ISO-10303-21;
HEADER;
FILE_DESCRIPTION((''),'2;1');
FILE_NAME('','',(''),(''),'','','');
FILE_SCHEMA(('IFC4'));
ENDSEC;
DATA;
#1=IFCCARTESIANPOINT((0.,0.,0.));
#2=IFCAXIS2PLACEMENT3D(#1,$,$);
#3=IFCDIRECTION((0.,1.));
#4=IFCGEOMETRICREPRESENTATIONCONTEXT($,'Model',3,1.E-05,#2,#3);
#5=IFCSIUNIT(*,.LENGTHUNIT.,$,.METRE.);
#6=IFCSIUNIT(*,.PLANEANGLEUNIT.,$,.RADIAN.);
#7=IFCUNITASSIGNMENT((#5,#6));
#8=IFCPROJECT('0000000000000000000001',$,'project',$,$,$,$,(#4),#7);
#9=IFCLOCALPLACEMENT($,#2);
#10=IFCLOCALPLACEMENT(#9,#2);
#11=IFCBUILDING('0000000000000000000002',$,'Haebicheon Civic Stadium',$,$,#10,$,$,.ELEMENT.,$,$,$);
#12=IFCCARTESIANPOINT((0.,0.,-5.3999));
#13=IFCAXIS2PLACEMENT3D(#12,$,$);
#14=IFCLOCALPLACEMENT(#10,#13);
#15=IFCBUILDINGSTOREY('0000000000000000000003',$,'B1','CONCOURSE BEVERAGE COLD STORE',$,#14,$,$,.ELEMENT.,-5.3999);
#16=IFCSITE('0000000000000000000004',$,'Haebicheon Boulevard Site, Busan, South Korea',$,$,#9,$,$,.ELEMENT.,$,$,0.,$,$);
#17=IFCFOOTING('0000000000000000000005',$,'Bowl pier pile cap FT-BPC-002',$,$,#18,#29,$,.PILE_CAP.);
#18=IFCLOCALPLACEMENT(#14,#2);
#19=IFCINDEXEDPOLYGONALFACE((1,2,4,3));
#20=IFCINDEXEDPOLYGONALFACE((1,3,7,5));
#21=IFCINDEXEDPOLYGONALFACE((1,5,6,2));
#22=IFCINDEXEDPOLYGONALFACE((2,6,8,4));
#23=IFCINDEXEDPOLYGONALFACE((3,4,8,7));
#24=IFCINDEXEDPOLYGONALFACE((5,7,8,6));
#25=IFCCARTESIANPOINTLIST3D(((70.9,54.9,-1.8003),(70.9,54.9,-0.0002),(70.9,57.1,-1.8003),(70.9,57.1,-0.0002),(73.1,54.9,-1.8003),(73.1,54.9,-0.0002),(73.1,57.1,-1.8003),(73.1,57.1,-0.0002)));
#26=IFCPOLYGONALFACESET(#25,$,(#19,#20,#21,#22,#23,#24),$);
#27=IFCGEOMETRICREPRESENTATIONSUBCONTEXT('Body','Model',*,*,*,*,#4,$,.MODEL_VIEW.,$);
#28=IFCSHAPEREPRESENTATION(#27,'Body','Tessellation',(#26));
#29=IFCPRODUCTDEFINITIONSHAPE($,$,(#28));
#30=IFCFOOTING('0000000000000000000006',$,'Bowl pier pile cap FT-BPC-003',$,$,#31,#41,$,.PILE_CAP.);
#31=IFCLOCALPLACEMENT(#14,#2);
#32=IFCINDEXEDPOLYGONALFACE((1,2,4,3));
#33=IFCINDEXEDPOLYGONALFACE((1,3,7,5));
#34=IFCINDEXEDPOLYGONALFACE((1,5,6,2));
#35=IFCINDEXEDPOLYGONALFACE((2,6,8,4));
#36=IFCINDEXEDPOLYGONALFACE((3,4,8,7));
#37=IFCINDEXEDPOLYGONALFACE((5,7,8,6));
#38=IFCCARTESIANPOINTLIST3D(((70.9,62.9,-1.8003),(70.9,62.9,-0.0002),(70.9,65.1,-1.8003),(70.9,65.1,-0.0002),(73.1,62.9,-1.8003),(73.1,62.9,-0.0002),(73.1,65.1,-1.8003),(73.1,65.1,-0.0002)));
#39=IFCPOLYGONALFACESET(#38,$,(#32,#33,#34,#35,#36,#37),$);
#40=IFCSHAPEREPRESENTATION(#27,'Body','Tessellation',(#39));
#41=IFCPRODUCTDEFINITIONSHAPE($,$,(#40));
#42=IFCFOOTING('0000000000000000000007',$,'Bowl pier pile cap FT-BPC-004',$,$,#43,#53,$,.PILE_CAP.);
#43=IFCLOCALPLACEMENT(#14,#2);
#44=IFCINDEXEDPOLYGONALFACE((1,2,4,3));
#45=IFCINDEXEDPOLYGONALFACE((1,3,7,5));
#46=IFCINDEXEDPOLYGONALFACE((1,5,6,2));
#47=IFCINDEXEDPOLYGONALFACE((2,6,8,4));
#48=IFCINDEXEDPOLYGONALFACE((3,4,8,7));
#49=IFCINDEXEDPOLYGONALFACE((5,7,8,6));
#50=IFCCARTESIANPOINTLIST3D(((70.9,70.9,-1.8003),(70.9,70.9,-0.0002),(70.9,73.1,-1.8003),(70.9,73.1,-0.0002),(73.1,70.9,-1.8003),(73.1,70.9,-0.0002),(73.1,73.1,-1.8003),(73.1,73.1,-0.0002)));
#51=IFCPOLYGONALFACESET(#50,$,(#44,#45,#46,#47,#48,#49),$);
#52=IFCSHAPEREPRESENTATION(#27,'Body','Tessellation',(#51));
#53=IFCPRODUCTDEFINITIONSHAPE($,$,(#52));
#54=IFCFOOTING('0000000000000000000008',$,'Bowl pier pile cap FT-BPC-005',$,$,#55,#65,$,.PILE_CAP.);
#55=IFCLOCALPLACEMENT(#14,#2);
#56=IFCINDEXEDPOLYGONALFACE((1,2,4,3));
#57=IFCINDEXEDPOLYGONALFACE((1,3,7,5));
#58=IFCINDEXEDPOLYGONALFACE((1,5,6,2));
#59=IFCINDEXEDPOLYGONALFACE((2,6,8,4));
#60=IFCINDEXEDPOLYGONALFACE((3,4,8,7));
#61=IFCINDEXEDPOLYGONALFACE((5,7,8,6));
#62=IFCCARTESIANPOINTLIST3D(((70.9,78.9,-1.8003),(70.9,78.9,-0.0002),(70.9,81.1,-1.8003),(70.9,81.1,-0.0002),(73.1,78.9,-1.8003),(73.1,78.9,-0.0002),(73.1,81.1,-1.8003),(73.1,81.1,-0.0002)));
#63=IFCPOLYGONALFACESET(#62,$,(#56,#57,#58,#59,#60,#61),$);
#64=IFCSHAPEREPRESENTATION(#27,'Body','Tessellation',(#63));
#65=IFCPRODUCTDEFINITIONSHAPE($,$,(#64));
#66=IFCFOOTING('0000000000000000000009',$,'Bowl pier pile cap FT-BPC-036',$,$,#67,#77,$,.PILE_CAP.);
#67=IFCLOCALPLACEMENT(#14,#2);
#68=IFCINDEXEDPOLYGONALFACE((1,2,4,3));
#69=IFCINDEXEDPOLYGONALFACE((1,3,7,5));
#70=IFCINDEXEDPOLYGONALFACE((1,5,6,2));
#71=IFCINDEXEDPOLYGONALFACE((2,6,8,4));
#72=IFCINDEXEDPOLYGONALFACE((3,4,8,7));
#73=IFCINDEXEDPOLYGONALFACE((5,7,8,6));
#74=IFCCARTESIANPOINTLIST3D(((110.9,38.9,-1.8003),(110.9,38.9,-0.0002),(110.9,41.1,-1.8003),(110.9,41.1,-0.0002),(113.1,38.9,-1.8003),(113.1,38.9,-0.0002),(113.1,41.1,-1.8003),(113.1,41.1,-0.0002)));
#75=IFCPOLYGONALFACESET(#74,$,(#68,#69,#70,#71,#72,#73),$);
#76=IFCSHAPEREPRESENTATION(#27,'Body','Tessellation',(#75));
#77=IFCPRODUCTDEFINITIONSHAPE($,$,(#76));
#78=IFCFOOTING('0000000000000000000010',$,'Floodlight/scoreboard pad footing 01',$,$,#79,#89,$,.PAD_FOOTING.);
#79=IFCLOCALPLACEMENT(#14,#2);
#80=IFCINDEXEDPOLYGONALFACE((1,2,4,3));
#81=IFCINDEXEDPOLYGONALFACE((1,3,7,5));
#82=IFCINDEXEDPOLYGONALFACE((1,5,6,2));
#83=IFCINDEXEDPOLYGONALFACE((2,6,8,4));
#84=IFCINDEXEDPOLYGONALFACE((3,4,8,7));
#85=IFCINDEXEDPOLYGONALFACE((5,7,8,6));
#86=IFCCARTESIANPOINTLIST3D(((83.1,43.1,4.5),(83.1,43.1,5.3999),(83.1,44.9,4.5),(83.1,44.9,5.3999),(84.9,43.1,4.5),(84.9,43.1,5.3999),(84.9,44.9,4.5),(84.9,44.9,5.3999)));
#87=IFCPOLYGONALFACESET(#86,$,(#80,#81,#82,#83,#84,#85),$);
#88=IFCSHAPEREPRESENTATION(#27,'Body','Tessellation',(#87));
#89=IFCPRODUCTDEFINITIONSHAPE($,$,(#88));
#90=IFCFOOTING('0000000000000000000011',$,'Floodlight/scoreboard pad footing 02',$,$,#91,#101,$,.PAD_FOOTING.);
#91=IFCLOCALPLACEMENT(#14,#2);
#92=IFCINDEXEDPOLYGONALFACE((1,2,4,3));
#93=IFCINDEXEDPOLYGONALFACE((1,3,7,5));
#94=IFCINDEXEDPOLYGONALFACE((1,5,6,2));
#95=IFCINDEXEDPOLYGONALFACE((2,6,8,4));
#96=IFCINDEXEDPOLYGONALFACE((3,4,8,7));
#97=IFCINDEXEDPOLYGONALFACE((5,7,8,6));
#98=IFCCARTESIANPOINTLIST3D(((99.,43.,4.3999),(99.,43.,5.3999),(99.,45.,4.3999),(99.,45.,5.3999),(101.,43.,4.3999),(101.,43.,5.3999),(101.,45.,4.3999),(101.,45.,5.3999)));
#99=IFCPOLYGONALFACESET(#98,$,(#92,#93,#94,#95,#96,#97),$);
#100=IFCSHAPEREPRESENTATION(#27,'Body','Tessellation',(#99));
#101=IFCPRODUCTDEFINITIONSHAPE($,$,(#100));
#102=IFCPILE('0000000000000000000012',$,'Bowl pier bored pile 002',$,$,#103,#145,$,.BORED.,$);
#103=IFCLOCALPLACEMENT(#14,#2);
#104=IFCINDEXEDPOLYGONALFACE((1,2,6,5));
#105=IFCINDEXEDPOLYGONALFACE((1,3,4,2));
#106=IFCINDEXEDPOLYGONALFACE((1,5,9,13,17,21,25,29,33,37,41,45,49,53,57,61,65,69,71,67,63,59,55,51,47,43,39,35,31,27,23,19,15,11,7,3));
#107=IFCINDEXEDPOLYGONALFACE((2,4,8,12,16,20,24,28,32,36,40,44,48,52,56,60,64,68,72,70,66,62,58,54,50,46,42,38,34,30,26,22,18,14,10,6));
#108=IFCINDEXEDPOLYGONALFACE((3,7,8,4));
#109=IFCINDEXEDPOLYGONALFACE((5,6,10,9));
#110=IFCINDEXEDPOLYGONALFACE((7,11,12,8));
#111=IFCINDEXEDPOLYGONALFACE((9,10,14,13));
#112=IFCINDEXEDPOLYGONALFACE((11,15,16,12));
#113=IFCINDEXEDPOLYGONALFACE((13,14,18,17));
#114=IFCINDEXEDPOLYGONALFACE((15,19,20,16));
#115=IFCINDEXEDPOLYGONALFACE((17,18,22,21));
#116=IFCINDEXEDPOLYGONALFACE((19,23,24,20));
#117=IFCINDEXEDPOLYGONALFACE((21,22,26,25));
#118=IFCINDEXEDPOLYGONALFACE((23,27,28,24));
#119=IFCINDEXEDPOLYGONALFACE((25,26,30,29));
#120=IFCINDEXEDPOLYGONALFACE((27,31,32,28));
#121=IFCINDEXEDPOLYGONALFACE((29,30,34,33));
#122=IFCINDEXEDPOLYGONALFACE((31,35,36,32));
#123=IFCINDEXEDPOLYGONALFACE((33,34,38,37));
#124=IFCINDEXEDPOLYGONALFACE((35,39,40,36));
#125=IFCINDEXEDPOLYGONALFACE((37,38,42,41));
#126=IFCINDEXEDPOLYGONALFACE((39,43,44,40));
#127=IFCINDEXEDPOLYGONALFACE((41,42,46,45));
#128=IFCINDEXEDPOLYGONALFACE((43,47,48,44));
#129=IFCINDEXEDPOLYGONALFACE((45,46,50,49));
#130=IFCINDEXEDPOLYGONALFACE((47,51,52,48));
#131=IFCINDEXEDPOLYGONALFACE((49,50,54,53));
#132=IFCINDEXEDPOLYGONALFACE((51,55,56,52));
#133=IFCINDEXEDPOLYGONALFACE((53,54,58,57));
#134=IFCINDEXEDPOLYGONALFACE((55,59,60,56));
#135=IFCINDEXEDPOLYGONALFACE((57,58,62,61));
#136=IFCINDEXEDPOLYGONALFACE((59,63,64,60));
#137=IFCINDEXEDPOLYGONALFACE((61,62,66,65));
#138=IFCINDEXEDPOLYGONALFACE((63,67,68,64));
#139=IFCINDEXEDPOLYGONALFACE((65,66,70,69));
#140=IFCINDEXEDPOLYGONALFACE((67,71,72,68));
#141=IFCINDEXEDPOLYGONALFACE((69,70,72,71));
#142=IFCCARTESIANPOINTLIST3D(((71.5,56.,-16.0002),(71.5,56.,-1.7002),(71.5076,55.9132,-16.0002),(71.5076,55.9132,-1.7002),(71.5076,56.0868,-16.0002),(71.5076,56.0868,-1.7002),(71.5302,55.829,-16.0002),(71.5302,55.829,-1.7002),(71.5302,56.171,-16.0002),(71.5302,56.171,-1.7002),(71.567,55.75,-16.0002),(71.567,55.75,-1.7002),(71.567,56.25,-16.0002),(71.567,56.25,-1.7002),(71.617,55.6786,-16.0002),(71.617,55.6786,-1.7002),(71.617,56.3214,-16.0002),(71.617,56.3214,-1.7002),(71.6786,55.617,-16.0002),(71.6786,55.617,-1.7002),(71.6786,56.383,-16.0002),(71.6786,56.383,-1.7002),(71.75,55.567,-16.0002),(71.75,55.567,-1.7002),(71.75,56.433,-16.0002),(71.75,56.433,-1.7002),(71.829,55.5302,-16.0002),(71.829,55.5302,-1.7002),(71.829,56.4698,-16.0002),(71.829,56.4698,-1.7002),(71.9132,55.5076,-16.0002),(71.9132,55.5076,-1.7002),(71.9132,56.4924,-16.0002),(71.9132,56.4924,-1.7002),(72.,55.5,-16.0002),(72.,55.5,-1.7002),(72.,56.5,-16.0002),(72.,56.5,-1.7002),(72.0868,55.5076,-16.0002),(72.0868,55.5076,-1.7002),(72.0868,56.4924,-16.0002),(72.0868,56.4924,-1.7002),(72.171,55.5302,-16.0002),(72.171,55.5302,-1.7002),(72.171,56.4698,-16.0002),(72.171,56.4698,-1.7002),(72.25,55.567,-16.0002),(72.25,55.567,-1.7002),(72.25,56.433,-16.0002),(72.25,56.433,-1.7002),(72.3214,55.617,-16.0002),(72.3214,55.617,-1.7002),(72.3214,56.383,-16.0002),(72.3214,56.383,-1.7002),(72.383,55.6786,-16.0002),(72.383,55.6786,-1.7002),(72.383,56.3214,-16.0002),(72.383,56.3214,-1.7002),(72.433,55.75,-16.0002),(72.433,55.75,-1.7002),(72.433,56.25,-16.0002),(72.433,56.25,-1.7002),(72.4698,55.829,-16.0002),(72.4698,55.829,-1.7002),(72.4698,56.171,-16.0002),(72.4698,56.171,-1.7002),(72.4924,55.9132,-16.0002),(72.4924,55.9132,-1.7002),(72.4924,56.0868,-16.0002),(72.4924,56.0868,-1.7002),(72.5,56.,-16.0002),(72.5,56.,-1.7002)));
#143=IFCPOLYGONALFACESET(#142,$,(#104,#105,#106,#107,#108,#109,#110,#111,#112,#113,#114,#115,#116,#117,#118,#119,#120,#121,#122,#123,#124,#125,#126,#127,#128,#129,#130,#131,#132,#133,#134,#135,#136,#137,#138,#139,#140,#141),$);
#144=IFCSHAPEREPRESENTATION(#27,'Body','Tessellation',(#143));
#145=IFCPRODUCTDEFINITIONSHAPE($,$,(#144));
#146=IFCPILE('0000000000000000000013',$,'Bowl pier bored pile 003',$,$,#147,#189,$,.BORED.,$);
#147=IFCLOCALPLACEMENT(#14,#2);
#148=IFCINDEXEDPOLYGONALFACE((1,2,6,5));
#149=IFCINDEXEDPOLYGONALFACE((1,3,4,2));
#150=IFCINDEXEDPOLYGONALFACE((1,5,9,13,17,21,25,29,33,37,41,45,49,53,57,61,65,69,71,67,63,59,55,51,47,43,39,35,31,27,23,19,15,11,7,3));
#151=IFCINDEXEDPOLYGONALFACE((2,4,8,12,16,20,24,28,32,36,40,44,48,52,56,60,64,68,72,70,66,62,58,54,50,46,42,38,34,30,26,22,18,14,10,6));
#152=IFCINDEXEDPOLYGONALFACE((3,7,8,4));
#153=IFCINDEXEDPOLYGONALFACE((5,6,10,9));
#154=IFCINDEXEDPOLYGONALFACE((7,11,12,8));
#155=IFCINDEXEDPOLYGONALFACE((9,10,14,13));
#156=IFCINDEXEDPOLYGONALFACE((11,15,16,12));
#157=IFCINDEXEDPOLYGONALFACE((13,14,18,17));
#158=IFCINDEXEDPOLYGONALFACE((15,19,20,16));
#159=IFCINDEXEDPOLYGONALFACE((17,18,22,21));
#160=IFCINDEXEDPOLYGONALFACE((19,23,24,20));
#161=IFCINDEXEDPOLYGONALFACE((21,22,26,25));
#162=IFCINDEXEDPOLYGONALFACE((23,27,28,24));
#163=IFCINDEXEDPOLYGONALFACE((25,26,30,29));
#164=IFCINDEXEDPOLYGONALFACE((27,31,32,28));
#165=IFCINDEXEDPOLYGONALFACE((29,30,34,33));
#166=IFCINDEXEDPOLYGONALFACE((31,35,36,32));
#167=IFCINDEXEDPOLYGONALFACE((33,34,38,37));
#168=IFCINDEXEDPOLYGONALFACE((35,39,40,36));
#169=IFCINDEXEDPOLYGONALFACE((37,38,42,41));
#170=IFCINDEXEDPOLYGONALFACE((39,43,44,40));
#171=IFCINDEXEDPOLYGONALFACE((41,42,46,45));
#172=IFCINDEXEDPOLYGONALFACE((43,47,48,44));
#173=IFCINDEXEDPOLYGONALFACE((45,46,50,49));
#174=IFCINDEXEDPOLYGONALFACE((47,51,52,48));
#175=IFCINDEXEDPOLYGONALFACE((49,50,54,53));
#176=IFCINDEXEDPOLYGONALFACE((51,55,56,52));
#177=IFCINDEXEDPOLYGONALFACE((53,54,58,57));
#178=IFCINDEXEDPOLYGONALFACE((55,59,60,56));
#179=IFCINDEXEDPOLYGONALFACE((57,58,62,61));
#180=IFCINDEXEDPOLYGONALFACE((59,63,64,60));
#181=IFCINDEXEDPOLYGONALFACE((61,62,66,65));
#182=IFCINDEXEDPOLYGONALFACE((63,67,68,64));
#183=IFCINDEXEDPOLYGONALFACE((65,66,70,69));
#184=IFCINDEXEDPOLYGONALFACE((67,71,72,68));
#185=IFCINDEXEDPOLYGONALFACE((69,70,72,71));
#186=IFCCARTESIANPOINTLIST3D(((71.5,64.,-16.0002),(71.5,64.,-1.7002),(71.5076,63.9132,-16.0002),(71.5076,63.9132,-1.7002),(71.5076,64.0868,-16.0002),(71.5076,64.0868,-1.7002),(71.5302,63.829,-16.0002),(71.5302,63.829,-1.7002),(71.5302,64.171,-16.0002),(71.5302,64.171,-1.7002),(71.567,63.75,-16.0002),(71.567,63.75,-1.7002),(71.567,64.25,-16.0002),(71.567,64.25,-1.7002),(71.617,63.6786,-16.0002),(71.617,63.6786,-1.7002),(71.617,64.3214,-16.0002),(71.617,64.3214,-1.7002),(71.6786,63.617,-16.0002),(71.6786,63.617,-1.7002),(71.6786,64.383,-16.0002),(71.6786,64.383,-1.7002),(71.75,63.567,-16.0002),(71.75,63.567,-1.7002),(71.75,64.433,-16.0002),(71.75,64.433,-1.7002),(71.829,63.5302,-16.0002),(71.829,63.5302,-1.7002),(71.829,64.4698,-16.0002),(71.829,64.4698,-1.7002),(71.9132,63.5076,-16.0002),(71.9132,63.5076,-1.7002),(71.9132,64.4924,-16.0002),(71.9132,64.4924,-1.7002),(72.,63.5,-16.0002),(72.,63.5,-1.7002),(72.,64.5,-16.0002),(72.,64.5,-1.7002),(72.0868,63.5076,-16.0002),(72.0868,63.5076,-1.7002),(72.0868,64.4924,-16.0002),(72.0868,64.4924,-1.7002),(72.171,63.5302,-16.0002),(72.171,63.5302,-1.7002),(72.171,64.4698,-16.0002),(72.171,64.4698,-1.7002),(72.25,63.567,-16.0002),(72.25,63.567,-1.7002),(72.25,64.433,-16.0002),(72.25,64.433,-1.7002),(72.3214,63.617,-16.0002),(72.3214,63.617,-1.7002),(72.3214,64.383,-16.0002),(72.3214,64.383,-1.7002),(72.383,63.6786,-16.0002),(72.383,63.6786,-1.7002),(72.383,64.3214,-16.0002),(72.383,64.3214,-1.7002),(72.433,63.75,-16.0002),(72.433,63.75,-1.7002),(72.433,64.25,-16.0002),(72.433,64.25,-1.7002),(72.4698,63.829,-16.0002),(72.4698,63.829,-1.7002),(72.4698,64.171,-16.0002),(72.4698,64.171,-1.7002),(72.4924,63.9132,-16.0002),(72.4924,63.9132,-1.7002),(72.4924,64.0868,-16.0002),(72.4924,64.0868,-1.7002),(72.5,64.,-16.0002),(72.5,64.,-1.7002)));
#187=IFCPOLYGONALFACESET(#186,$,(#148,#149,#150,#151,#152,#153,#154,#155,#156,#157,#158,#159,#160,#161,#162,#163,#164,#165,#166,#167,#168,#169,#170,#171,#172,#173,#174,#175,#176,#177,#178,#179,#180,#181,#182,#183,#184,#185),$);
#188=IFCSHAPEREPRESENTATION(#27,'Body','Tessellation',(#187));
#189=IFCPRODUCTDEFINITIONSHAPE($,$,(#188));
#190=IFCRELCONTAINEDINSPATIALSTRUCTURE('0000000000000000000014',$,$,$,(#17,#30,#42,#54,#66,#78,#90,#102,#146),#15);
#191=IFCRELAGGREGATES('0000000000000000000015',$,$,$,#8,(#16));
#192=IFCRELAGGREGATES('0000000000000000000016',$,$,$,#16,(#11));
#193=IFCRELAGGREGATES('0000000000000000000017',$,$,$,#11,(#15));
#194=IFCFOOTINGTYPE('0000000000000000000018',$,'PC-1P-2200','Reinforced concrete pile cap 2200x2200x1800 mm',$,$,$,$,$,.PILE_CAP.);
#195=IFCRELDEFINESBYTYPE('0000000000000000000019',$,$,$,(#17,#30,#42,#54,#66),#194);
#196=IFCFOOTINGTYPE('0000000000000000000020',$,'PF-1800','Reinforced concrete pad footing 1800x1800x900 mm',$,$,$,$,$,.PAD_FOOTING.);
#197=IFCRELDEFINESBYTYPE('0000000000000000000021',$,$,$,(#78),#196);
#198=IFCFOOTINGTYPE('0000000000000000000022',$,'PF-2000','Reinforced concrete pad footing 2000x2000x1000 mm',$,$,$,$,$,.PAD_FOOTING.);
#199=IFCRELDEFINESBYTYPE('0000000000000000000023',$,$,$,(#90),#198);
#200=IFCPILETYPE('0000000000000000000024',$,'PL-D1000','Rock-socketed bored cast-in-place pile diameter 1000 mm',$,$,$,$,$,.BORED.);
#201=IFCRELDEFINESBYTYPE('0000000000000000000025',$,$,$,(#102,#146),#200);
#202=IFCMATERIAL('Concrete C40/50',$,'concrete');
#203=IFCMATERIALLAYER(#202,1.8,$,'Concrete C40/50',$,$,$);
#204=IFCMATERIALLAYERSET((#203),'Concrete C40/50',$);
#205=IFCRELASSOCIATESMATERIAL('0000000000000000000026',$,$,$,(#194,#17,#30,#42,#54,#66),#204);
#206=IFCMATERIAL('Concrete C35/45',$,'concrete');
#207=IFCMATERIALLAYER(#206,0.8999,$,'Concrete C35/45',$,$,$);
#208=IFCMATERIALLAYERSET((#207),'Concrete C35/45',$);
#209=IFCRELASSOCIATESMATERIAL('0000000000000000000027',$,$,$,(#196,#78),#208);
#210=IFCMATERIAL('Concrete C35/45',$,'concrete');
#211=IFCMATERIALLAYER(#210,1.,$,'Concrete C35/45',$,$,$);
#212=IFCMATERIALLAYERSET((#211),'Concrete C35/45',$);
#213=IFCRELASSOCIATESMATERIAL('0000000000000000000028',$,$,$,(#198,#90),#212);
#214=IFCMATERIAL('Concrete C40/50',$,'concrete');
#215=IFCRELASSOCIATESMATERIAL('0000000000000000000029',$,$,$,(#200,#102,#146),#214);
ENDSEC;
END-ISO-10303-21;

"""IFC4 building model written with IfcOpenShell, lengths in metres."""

from ifc_helpers import new_model, si_unit, direction, frame, origin, origin_2d, place, context, subcontext, project, spatial, rectangle, circle, extrude, material, layer, layer_set, material_profile, profile_set, type_object, element, save


model = new_model("IFC4")

# Units and contexts
model_context = context("Model", 3, precision=1e-05, world=origin(), true_north=direction((0.0, 1.0)))
body_context = subcontext(model_context, "Body", "Model", "MODEL_VIEW")
ifc_project = project(units=[si_unit("LENGTHUNIT", "METRE"), si_unit("PLANEANGLEUNIT", "RADIAN")], contexts=[model_context])

# Site, building, storey
site_placement = place(None, origin())
site = spatial("IfcSite", under=ifc_project, at=site_placement, Name="Haebicheon Boulevard Site, Busan, South Korea", CompositionType="ELEMENT", RefElevation=0.0)
building_placement = place(site_placement, origin())
building = spatial("IfcBuilding", under=site, at=building_placement, Name="Haebicheon Civic Stadium", CompositionType="ELEMENT")
storey_placement = place(building_placement, frame((0.0, 0.0, -5.3999)))
storey = spatial("IfcBuildingStorey", under=building, at=storey_placement, Name="B1", Description="CONCOURSE BEVERAGE COLD STORE", CompositionType="ELEMENT", Elevation=-5.3999)

# Footings
ifc_material_1 = material(Name="Concrete C40/50", Category="concrete")
ifc_layer_1 = layer(ifc_material_1, 1.8, Name="Concrete C40/50")
ifc_layer_set_1 = layer_set([ifc_layer_1], Name="Concrete C40/50")
footing_type_1 = type_object("IfcFootingType", Name="PC-1P-2200", Description="Reinforced concrete pile cap 2200x2200x1800 mm", PredefinedType="PILE_CAP", material=ifc_layer_set_1)
for number, where, z_axis, x_axis, name in (
    (1, (72.0, 56.0, -1.8003), (0.0, 0.0, 1.0), (1.0, 0.0, 0.0), "Bowl pier pile cap FT-BPC-002"),
    (2, (72.0, 64.0, -1.8003), (0.0, 0.0, 1.0), (1.0, 0.0, 0.0), "Bowl pier pile cap FT-BPC-003"),
    (3, (72.0, 72.0, -1.8003), (0.0, 0.0, 1.0), (1.0, 0.0, 0.0), "Bowl pier pile cap FT-BPC-004"),
    (4, (72.0, 80.0, -1.8003), (0.0, 0.0, 1.0), (1.0, 0.0, 0.0), "Bowl pier pile cap FT-BPC-005"),
    (5, (112.0, 40.0, -1.8003), (0.0, 0.0, 1.0), (1.0, 0.0, 0.0), "Bowl pier pile cap FT-BPC-036"),
):
    element("IfcFooting", number, at=place(storey_placement, frame(where, z_axis=z_axis, x_axis=x_axis)), inside=storey, type_object=footing_type_1, material=ifc_layer_set_1, Name=name, PredefinedType="PILE_CAP", context=body_context, shape_type="SweptSolid", body=[
        extrude(rectangle(XDim=2.2, YDim=2.2, at=origin_2d()), origin(), (0.0, 0.0, 1.0), 1.8),
    ])
ifc_material_2 = material(Name="Concrete C35/45", Category="concrete")
ifc_layer_2 = layer(ifc_material_2, 0.8999, Name="Concrete C35/45")
ifc_layer_set_2 = layer_set([ifc_layer_2], Name="Concrete C35/45")
footing_type_2 = type_object("IfcFootingType", Name="PF-1800", Description="Reinforced concrete pad footing 1800x1800x900 mm", PredefinedType="PAD_FOOTING", material=ifc_layer_set_2)
footing_1_placement = place(storey_placement, frame((84.0, 44.0, 4.5), z_axis=(0.0, 0.0, 1.0), x_axis=(1.0, 0.0, 0.0)))
element("IfcFooting", 6, at=footing_1_placement, inside=storey, type_object=footing_type_2, material=ifc_layer_set_2, Name="Floodlight/scoreboard pad footing 01", PredefinedType="PAD_FOOTING", context=body_context, shape_type="SweptSolid", body=[
    extrude(rectangle(XDim=1.8, YDim=1.8, at=origin_2d()), origin(), (0.0, 0.0, 1.0), 0.8999),
])
ifc_material_3 = material(Name="Concrete C35/45", Category="concrete")
ifc_layer_3 = layer(ifc_material_3, 1.0, Name="Concrete C35/45")
ifc_layer_set_3 = layer_set([ifc_layer_3], Name="Concrete C35/45")
footing_type_3 = type_object("IfcFootingType", Name="PF-2000", Description="Reinforced concrete pad footing 2000x2000x1000 mm", PredefinedType="PAD_FOOTING", material=ifc_layer_set_3)
footing_2_placement = place(storey_placement, frame((100.0, 44.0, 4.3999), z_axis=(0.0, 0.0, 1.0), x_axis=(1.0, 0.0, 0.0)))
element("IfcFooting", 7, at=footing_2_placement, inside=storey, type_object=footing_type_3, material=ifc_layer_set_3, Name="Floodlight/scoreboard pad footing 02", PredefinedType="PAD_FOOTING", context=body_context, shape_type="SweptSolid", body=[
    extrude(rectangle(XDim=2.0, YDim=2.0, at=origin_2d()), origin(), (0.0, 0.0, 1.0), 1.0),
])

# Piles
ifc_material_4 = material(Name="Concrete C40/50", Category="concrete")
ifc_material_profile_1 = material_profile(ifc_material_4, circle(Radius=0.5, at=origin_2d()), Name="PILE-D1000")
ifc_profile_set_1 = profile_set([ifc_material_profile_1], Name="Concrete C40/50")
pile_type = type_object("IfcPileType", Name="PL-D1000", Description="Rock-socketed bored cast-in-place pile diameter 1000 mm", PredefinedType="BORED", material=ifc_profile_set_1)
for number, where, z_axis, x_axis, name in (
    (8, (72.0, 56.0, -1.7002), (0.0, 0.0, -1.0), (1.0, 0.0, 0.0), "Bowl pier bored pile 002"),
    (9, (72.0, 64.0, -1.7002), (0.0, 0.0, -1.0), (1.0, 0.0, 0.0), "Bowl pier bored pile 003"),
):
    element("IfcPile", number, at=place(storey_placement, frame(where, z_axis=z_axis, x_axis=x_axis)), inside=storey, type_object=pile_type, material=ifc_profile_set_1, Name=name, PredefinedType="BORED", context=body_context, shape_type="SweptSolid", body=[
        extrude(circle(Radius=0.5, at=origin_2d()), origin(), (0.0, 0.0, 1.0), 14.3),
    ])

save(model, "model.ifc")
